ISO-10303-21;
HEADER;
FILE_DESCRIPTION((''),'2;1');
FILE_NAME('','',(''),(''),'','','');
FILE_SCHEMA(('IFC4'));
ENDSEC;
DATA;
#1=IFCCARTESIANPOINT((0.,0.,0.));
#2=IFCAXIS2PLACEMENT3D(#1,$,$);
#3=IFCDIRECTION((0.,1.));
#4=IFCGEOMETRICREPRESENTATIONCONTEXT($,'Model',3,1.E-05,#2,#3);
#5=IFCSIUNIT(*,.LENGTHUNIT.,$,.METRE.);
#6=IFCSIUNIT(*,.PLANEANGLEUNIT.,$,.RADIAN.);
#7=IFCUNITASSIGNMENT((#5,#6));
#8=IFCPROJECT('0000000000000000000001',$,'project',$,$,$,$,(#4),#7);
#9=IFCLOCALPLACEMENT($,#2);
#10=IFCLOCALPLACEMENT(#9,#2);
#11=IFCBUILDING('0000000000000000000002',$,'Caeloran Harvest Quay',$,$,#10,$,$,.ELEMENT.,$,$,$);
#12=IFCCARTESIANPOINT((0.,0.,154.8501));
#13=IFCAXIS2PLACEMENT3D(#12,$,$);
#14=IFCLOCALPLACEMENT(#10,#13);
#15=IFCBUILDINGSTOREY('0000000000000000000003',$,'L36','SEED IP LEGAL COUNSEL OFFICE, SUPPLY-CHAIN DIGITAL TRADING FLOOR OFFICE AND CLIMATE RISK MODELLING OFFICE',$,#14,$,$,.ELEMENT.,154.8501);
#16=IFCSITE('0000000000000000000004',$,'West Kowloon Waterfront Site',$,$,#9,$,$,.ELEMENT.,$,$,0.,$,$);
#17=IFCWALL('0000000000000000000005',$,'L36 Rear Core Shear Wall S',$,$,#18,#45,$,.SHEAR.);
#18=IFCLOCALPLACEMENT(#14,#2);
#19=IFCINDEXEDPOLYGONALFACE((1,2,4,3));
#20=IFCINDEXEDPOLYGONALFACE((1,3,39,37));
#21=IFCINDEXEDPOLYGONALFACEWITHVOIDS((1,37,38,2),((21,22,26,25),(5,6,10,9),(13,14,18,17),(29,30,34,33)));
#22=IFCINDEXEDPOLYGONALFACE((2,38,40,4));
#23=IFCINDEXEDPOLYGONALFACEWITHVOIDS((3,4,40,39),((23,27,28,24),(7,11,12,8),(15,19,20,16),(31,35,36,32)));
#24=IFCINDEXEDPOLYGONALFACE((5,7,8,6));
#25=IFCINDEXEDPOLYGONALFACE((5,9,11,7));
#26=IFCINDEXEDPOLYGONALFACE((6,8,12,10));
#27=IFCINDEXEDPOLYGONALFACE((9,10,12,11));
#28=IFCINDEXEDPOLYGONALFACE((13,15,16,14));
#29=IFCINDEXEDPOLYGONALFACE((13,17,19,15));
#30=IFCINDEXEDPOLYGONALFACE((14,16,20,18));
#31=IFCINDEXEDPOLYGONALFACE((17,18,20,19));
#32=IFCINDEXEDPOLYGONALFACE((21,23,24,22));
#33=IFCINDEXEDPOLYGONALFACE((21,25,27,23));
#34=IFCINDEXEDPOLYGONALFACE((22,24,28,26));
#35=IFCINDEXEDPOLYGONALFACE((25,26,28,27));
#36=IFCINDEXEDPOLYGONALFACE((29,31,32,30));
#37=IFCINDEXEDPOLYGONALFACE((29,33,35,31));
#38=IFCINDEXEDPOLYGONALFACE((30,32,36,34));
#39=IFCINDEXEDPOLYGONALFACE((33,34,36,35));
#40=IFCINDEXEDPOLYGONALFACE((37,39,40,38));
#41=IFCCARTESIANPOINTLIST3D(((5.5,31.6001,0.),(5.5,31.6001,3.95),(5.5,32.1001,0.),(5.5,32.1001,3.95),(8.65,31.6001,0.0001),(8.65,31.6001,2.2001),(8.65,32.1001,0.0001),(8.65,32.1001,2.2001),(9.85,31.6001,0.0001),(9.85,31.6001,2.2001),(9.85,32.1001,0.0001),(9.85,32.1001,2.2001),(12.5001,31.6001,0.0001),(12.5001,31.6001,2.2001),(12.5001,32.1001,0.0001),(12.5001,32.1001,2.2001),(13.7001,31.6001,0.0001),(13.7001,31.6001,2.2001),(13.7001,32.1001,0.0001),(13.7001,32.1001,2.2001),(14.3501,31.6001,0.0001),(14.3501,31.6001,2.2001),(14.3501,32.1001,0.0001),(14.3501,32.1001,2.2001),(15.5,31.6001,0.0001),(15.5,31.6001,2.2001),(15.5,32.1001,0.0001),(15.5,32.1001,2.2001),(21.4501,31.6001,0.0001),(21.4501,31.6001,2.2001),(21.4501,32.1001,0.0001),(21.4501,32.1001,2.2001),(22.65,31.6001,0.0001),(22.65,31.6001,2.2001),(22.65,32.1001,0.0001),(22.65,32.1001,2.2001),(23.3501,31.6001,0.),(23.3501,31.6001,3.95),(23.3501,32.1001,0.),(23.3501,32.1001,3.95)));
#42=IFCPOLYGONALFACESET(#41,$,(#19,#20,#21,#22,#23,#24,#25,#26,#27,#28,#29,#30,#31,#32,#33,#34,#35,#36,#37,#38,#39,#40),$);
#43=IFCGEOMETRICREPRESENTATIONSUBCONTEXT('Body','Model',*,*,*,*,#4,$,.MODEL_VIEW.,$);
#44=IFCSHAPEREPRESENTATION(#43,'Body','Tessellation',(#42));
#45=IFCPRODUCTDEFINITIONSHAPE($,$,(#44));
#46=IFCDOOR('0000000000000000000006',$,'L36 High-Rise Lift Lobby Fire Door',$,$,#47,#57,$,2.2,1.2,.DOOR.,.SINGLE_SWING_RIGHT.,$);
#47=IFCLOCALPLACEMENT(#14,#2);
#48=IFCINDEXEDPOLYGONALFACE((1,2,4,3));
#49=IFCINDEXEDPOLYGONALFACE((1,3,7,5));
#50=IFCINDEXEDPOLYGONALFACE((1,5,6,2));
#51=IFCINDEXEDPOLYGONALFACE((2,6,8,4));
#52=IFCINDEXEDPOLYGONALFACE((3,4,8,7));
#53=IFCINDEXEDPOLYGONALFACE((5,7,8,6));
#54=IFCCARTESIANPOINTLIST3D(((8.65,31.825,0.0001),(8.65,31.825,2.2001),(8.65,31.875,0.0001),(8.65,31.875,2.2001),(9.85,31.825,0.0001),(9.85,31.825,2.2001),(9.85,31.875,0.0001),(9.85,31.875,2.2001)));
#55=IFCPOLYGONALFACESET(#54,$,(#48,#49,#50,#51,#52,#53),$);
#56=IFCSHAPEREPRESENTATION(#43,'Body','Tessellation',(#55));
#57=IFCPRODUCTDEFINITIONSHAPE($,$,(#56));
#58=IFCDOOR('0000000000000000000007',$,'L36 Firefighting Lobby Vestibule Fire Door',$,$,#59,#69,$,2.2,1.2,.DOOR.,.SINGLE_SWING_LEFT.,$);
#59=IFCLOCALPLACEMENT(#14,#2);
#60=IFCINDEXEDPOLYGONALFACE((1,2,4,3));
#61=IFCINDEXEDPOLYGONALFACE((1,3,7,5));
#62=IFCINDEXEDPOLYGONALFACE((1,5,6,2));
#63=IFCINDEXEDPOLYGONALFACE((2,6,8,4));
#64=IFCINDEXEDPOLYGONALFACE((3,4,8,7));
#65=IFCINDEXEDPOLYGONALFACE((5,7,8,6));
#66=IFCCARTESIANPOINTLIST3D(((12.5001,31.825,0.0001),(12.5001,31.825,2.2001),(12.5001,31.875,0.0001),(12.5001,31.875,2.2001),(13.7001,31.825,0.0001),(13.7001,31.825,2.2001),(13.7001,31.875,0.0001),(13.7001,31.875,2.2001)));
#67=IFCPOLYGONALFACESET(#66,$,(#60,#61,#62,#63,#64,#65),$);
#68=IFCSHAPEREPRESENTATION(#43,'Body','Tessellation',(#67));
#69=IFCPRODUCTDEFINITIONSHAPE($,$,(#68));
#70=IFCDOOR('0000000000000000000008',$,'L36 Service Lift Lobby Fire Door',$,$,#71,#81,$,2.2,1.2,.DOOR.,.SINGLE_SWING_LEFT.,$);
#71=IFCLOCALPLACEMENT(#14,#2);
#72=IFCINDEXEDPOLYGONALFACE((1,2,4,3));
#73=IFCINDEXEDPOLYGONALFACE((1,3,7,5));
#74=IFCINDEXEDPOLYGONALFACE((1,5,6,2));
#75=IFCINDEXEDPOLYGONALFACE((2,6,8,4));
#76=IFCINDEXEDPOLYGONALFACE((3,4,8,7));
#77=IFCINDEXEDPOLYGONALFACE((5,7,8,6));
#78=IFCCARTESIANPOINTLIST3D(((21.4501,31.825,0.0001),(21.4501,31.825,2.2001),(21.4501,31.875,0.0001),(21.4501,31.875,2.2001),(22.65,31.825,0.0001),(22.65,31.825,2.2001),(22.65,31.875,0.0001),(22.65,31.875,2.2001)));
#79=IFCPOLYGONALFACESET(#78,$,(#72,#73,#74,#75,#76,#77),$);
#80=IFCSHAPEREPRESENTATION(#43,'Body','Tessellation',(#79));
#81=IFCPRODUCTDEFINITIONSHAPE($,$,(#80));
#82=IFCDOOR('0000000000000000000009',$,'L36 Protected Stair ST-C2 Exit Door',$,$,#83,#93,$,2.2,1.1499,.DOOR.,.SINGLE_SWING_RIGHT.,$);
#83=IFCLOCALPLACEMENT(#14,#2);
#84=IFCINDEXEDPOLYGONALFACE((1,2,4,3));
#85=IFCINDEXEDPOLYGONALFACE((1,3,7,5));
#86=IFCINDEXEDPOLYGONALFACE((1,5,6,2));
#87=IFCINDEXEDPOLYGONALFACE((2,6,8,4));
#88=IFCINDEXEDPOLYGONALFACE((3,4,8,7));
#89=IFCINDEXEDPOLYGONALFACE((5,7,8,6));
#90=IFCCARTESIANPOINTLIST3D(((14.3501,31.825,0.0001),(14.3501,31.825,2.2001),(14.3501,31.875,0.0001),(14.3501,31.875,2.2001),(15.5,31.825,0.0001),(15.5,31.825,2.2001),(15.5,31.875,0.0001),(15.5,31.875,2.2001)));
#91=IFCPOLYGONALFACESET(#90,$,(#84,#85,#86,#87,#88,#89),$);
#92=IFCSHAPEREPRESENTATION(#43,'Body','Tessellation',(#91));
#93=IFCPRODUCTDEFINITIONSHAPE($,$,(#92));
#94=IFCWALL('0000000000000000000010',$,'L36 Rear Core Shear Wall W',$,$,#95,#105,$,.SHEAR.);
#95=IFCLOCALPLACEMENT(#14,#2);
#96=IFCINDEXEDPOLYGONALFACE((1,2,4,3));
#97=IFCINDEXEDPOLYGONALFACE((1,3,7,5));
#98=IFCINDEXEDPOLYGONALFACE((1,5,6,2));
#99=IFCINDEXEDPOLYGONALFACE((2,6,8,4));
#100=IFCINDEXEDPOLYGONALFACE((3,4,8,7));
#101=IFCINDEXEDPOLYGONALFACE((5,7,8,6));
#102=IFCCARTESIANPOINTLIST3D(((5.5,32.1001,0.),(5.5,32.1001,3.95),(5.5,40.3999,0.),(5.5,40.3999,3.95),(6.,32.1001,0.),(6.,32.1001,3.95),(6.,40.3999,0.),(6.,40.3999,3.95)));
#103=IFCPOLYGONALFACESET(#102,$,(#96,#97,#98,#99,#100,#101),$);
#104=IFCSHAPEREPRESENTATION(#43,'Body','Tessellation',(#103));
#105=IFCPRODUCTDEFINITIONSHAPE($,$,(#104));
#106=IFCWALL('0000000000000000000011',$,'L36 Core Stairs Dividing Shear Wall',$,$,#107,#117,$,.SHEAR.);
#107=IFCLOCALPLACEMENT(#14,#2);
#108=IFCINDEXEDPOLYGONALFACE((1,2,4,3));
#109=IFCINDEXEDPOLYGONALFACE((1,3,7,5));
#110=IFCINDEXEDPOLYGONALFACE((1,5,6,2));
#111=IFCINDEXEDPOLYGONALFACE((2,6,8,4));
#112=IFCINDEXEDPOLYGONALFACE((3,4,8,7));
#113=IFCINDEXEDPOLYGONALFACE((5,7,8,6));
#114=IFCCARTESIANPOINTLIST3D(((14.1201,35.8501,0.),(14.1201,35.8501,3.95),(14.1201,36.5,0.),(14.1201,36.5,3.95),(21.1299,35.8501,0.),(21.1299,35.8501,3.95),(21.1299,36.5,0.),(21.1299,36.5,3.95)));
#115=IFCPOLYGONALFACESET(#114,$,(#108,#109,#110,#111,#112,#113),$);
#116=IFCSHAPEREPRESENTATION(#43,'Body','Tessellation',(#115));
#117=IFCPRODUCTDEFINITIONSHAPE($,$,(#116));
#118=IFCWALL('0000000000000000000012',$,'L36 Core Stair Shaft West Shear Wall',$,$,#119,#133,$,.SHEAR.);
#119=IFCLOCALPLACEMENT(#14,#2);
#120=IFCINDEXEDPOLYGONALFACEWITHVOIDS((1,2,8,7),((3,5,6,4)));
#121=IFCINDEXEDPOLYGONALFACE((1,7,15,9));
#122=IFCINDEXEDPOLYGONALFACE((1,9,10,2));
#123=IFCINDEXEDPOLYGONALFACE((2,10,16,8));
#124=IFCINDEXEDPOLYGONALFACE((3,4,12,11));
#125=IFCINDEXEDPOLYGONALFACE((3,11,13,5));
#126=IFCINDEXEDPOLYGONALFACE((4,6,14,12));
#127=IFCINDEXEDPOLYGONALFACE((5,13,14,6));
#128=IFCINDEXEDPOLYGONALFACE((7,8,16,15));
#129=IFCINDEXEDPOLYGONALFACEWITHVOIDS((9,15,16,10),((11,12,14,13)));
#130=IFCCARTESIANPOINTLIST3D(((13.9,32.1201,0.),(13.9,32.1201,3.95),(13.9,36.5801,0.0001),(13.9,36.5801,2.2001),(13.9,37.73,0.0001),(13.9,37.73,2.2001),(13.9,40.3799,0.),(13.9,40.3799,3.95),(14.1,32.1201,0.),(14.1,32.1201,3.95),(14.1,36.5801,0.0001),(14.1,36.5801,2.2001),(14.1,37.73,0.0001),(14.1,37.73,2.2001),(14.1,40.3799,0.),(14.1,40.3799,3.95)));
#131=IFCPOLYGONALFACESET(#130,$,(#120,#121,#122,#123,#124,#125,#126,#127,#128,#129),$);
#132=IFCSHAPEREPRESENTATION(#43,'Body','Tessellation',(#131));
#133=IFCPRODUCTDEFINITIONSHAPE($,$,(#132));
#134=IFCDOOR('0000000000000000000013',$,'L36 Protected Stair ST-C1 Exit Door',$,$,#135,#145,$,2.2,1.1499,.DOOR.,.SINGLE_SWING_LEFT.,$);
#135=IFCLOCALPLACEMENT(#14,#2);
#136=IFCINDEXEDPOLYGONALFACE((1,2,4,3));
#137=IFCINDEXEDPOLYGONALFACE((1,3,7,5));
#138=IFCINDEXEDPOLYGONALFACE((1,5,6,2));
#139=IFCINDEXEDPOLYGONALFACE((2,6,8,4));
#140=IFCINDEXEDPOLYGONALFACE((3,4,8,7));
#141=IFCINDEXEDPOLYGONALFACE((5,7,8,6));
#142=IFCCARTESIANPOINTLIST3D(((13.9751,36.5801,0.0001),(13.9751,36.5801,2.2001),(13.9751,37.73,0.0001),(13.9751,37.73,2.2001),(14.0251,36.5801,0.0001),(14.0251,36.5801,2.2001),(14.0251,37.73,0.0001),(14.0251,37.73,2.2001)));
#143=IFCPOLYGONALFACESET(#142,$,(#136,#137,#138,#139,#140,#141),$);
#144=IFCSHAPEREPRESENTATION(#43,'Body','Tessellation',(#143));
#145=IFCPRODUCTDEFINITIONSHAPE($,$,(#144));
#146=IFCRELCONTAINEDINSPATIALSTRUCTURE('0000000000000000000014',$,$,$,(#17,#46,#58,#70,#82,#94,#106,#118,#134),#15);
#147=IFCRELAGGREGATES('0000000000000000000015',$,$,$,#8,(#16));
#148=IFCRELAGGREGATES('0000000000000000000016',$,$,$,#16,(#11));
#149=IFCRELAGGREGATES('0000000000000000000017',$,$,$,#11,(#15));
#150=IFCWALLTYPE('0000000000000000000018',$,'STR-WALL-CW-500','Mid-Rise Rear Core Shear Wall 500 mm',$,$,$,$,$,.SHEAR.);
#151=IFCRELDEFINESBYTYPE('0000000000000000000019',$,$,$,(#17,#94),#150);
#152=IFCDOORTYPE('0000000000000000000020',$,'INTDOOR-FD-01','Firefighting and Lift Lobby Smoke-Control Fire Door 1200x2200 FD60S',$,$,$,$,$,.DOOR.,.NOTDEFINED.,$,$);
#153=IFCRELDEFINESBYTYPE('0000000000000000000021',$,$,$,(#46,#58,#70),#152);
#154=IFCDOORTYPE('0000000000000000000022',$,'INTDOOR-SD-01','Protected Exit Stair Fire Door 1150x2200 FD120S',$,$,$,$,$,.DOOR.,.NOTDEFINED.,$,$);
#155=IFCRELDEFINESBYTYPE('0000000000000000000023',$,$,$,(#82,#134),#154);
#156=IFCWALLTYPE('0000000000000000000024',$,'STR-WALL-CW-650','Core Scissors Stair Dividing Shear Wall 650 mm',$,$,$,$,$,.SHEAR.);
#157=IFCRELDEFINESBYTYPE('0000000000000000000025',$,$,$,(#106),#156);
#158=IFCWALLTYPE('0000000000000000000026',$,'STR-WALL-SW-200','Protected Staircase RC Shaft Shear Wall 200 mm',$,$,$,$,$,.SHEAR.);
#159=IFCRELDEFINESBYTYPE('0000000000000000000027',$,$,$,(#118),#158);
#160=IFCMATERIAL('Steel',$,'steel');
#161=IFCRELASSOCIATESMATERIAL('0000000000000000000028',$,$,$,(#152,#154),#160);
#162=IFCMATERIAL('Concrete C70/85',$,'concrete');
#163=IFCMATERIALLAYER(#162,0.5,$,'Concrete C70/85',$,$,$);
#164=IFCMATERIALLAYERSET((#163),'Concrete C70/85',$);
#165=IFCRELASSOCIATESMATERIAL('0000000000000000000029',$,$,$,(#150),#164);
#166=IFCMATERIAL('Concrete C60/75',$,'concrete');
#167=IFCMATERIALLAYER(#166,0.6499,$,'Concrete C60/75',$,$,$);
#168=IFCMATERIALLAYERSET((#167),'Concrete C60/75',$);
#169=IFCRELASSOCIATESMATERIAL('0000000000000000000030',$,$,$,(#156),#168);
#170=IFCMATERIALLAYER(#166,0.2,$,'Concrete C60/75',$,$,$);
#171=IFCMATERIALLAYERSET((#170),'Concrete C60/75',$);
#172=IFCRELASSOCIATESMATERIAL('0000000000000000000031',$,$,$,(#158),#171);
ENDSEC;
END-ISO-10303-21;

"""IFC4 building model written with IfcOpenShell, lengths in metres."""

from ifc_helpers import new_model, si_unit, direction, frame, frame_2d, origin, place, context, subcontext, project, spatial, rectangle, extrude, material, layer, layer_set, type_object, element, fill, save


model = new_model("IFC4")

# Units and contexts
model_context = context("Model", 3, precision=1e-05, world=origin(), true_north=direction((0.0, 1.0)))
body_context = subcontext(model_context, "Body", "Model", "MODEL_VIEW")
ifc_project = project(units=[si_unit("LENGTHUNIT", "METRE"), si_unit("PLANEANGLEUNIT", "RADIAN")], contexts=[model_context])

# Site, building, storey
site_placement = place(None, origin())
site = spatial("IfcSite", under=ifc_project, at=site_placement, Name="West Kowloon Waterfront Site", CompositionType="ELEMENT", RefElevation=0.0)
building_placement = place(site_placement, origin())
building = spatial("IfcBuilding", under=site, at=building_placement, Name="Caeloran Harvest Quay", CompositionType="ELEMENT")
storey_placement = place(building_placement, frame((0.0, 0.0, 154.8501)))
storey = spatial("IfcBuildingStorey", under=building, at=storey_placement, Name="L36", Description="SEED IP LEGAL COUNSEL OFFICE, SUPPLY-CHAIN DIGITAL TRADING FLOOR OFFICE AND CLIMATE RISK MODELLING OFFICE", CompositionType="ELEMENT", Elevation=154.8501)

# Shared definitions
ifc_material_1 = material(Name="Concrete C70/85", Category="concrete")

# Shared definitions
ifc_material_2 = material(Name="Concrete C60/75", Category="concrete")

# Shared definitions
ifc_material_3 = material(Name="Steel", Category="steel")
door_type_1 = type_object("IfcDoorType", Name="INTDOOR-FD-01", Description="Firefighting and Lift Lobby Smoke-Control Fire Door 1200x2200 FD60S", OperationType="NOTDEFINED", PredefinedType="DOOR", material=ifc_material_3)

# Wall, openings, doors
ifc_layer_1 = layer(ifc_material_1, 0.5, Name="Concrete C70/85")
ifc_layer_set_1 = layer_set([ifc_layer_1], Name="Concrete C70/85")
wall_type_1 = type_object("IfcWallType", Name="STR-WALL-CW-500", Description="Mid-Rise Rear Core Shear Wall 500 mm", PredefinedType="SHEAR", material=ifc_layer_set_1)
wall_1_placement = place(storey_placement, frame((5.5, 31.8501, 0.0), z_axis=(0.0, 0.0, 1.0), x_axis=(1.0, 0.0, 0.0)))
wall_1 = element("IfcWall", 1, at=wall_1_placement, inside=storey, type_object=wall_type_1, Name="L36 Rear Core Shear Wall S", PredefinedType="SHEAR", context=body_context, shape_type="SweptSolid", body=[
    extrude(rectangle(XDim=17.8501, YDim=0.5, at=frame_2d((8.925, 0.0))), origin(), (0.0, 0.0, 1.0), 3.95),
])
opening_1_placement = place(wall_1_placement, frame((3.1499, 0.0, 0.0)))
opening_1 = element("IfcOpeningElement", 2, at=opening_1_placement, cuts=wall_1, PredefinedType="OPENING", context=body_context, shape_type="SweptSolid", body=[
    extrude(rectangle(XDim=1.2, YDim=2.2, at=frame_2d((0.6001, 1.1001))), frame((0.0, 0.26, 0.0), z_axis=(0.0, -1.0, 0.0), x_axis=(1.0, 0.0, 0.0)), (0.0, 0.0, 1.0), 0.52),
])
opening_2_placement = place(wall_1_placement, frame((7.0, 0.0, 0.0)))
opening_2 = element("IfcOpeningElement", 3, at=opening_2_placement, cuts=wall_1, PredefinedType="OPENING", context=body_context, shape_type="SweptSolid", body=[
    extrude(rectangle(XDim=1.2, YDim=2.2, at=frame_2d((0.6001, 1.1001))), frame((0.0, 0.26, 0.0), z_axis=(0.0, -1.0, 0.0), x_axis=(1.0, 0.0, 0.0)), (0.0, 0.0, 1.0), 0.52),
])
opening_3_placement = place(wall_1_placement, frame((8.8501, 0.0, 0.0)))
opening_3 = element("IfcOpeningElement", 4, at=opening_3_placement, cuts=wall_1, PredefinedType="OPENING", context=body_context, shape_type="SweptSolid", body=[
    extrude(rectangle(XDim=1.1499, YDim=2.2, at=frame_2d((0.575, 1.1001))), frame((0.0, 0.26, 0.0), z_axis=(0.0, -1.0, 0.0), x_axis=(1.0, 0.0, 0.0)), (0.0, 0.0, 1.0), 0.52),
])
opening_4_placement = place(wall_1_placement, frame((15.95, 0.0, 0.0)))
opening_4 = element("IfcOpeningElement", 5, at=opening_4_placement, cuts=wall_1, PredefinedType="OPENING", context=body_context, shape_type="SweptSolid", body=[
    extrude(rectangle(XDim=1.2, YDim=2.2, at=frame_2d((0.6001, 1.1001))), frame((0.0, 0.26, 0.0), z_axis=(0.0, -1.0, 0.0), x_axis=(1.0, 0.0, 0.0)), (0.0, 0.0, 1.0), 0.52),
])
door_1_placement = place(opening_1_placement, origin())
door_1 = element("IfcDoor", 6, at=door_1_placement, inside=storey, type_object=door_type_1, Name="L36 High-Rise Lift Lobby Fire Door", OperationType="SINGLE_SWING_RIGHT", OverallHeight=2.2, OverallWidth=1.2, PredefinedType="DOOR", context=body_context, shape_type="SweptSolid", body=[
    extrude(rectangle(XDim=1.2, YDim=2.2, at=frame_2d((0.6001, 1.1001))), frame((0.0, 0.0249, 0.0), z_axis=(0.0, -1.0, 0.0), x_axis=(1.0, 0.0, 0.0)), (0.0, 0.0, 1.0), 0.05),
])
fill(opening_1, door_1)
door_2_placement = place(opening_2_placement, origin())
door_2 = element("IfcDoor", 7, at=door_2_placement, inside=storey, type_object=door_type_1, Name="L36 Firefighting Lobby Vestibule Fire Door", OperationType="SINGLE_SWING_LEFT", OverallHeight=2.2, OverallWidth=1.2, PredefinedType="DOOR", context=body_context, shape_type="SweptSolid", body=[
    extrude(rectangle(XDim=1.2, YDim=2.2, at=frame_2d((0.6001, 1.1001))), frame((0.0, 0.0249, 0.0), z_axis=(0.0, -1.0, 0.0), x_axis=(1.0, 0.0, 0.0)), (0.0, 0.0, 1.0), 0.05),
])
fill(opening_2, door_2)
door_3_placement = place(opening_4_placement, origin())
door_3 = element("IfcDoor", 8, at=door_3_placement, inside=storey, type_object=door_type_1, Name="L36 Service Lift Lobby Fire Door", OperationType="SINGLE_SWING_LEFT", OverallHeight=2.2, OverallWidth=1.2, PredefinedType="DOOR", context=body_context, shape_type="SweptSolid", body=[
    extrude(rectangle(XDim=1.2, YDim=2.2, at=frame_2d((0.6001, 1.1001))), frame((0.0, 0.0249, 0.0), z_axis=(0.0, -1.0, 0.0), x_axis=(1.0, 0.0, 0.0)), (0.0, 0.0, 1.0), 0.05),
])
fill(opening_4, door_3)
door_type_2 = type_object("IfcDoorType", Name="INTDOOR-SD-01", Description="Protected Exit Stair Fire Door 1150x2200 FD120S", OperationType="NOTDEFINED", PredefinedType="DOOR", material=ifc_material_3)
door_4_placement = place(opening_3_placement, origin())
door_4 = element("IfcDoor", 9, at=door_4_placement, inside=storey, type_object=door_type_2, Name="L36 Protected Stair ST-C2 Exit Door", OperationType="SINGLE_SWING_RIGHT", OverallHeight=2.2, OverallWidth=1.1499, PredefinedType="DOOR", context=body_context, shape_type="SweptSolid", body=[
    extrude(rectangle(XDim=1.1499, YDim=2.2, at=frame_2d((0.575, 1.1001))), frame((0.0, 0.0249, 0.0), z_axis=(0.0, -1.0, 0.0), x_axis=(1.0, 0.0, 0.0)), (0.0, 0.0, 1.0), 0.05),
])
fill(opening_3, door_4)

# Walls
wall_2_placement = place(storey_placement, frame((5.75, 32.1001, 0.0), z_axis=(0.0, 0.0, 1.0), x_axis=(0.0, 1.0, 0.0)))
element("IfcWall", 10, at=wall_2_placement, inside=storey, type_object=wall_type_1, Name="L36 Rear Core Shear Wall W", PredefinedType="SHEAR", context=body_context, shape_type="SweptSolid", body=[
    extrude(rectangle(XDim=8.2998, YDim=0.5, at=frame_2d((4.1499, 0.0))), origin(), (0.0, 0.0, 1.0), 3.95),
])
ifc_layer_2 = layer(ifc_material_2, 0.6499, Name="Concrete C60/75")
ifc_layer_set_2 = layer_set([ifc_layer_2], Name="Concrete C60/75")
wall_type_2 = type_object("IfcWallType", Name="STR-WALL-CW-650", Description="Core Scissors Stair Dividing Shear Wall 650 mm", PredefinedType="SHEAR", material=ifc_layer_set_2)
wall_3_placement = place(storey_placement, frame((14.1201, 36.175, 0.0), z_axis=(0.0, 0.0, 1.0), x_axis=(1.0, 0.0, 0.0)))
element("IfcWall", 11, at=wall_3_placement, inside=storey, type_object=wall_type_2, Name="L36 Core Stairs Dividing Shear Wall", PredefinedType="SHEAR", context=body_context, shape_type="SweptSolid", body=[
    extrude(rectangle(XDim=7.0098, YDim=0.6499, at=frame_2d((3.5049, 0.0))), origin(), (0.0, 0.0, 1.0), 3.95),
])

# Wall, opening, door
ifc_layer_3 = layer(ifc_material_2, 0.2, Name="Concrete C60/75")
ifc_layer_set_3 = layer_set([ifc_layer_3], Name="Concrete C60/75")
wall_type_3 = type_object("IfcWallType", Name="STR-WALL-SW-200", Description="Protected Staircase RC Shaft Shear Wall 200 mm", PredefinedType="SHEAR", material=ifc_layer_set_3)
wall_4_placement = place(storey_placement, frame((14.0, 32.1201, 0.0), z_axis=(0.0, 0.0, 1.0), x_axis=(0.0, 1.0, 0.0)))
wall_4 = element("IfcWall", 12, at=wall_4_placement, inside=storey, type_object=wall_type_3, Name="L36 Core Stair Shaft West Shear Wall", PredefinedType="SHEAR", context=body_context, shape_type="SweptSolid", body=[
    extrude(rectangle(XDim=8.2598, YDim=0.2, at=frame_2d((4.1299, 0.0))), origin(), (0.0, 0.0, 1.0), 3.95),
])
opening_5_placement = place(wall_4_placement, frame((4.46, 0.0, 0.0)))
opening_5 = element("IfcOpeningElement", 13, at=opening_5_placement, cuts=wall_4, PredefinedType="OPENING", context=body_context, shape_type="SweptSolid", body=[
    extrude(rectangle(XDim=1.1499, YDim=2.2, at=frame_2d((0.575, 1.1001))), frame((0.0, 0.1099, 0.0), z_axis=(0.0, -1.0, 0.0), x_axis=(1.0, 0.0, 0.0)), (0.0, 0.0, 1.0), 0.22),
])
door_5_placement = place(opening_5_placement, origin())
door_5 = element("IfcDoor", 14, at=door_5_placement, inside=storey, type_object=door_type_2, Name="L36 Protected Stair ST-C1 Exit Door", OperationType="SINGLE_SWING_LEFT", OverallHeight=2.2, OverallWidth=1.1499, PredefinedType="DOOR", context=body_context, shape_type="SweptSolid", body=[
    extrude(rectangle(XDim=1.1499, YDim=2.2, at=frame_2d((0.575, 1.1001))), frame((0.0, 0.0249, 0.0), z_axis=(0.0, -1.0, 0.0), x_axis=(1.0, 0.0, 0.0)), (0.0, 0.0, 1.0), 0.05),
])
fill(opening_5, door_5)

save(model, "model.ifc")
